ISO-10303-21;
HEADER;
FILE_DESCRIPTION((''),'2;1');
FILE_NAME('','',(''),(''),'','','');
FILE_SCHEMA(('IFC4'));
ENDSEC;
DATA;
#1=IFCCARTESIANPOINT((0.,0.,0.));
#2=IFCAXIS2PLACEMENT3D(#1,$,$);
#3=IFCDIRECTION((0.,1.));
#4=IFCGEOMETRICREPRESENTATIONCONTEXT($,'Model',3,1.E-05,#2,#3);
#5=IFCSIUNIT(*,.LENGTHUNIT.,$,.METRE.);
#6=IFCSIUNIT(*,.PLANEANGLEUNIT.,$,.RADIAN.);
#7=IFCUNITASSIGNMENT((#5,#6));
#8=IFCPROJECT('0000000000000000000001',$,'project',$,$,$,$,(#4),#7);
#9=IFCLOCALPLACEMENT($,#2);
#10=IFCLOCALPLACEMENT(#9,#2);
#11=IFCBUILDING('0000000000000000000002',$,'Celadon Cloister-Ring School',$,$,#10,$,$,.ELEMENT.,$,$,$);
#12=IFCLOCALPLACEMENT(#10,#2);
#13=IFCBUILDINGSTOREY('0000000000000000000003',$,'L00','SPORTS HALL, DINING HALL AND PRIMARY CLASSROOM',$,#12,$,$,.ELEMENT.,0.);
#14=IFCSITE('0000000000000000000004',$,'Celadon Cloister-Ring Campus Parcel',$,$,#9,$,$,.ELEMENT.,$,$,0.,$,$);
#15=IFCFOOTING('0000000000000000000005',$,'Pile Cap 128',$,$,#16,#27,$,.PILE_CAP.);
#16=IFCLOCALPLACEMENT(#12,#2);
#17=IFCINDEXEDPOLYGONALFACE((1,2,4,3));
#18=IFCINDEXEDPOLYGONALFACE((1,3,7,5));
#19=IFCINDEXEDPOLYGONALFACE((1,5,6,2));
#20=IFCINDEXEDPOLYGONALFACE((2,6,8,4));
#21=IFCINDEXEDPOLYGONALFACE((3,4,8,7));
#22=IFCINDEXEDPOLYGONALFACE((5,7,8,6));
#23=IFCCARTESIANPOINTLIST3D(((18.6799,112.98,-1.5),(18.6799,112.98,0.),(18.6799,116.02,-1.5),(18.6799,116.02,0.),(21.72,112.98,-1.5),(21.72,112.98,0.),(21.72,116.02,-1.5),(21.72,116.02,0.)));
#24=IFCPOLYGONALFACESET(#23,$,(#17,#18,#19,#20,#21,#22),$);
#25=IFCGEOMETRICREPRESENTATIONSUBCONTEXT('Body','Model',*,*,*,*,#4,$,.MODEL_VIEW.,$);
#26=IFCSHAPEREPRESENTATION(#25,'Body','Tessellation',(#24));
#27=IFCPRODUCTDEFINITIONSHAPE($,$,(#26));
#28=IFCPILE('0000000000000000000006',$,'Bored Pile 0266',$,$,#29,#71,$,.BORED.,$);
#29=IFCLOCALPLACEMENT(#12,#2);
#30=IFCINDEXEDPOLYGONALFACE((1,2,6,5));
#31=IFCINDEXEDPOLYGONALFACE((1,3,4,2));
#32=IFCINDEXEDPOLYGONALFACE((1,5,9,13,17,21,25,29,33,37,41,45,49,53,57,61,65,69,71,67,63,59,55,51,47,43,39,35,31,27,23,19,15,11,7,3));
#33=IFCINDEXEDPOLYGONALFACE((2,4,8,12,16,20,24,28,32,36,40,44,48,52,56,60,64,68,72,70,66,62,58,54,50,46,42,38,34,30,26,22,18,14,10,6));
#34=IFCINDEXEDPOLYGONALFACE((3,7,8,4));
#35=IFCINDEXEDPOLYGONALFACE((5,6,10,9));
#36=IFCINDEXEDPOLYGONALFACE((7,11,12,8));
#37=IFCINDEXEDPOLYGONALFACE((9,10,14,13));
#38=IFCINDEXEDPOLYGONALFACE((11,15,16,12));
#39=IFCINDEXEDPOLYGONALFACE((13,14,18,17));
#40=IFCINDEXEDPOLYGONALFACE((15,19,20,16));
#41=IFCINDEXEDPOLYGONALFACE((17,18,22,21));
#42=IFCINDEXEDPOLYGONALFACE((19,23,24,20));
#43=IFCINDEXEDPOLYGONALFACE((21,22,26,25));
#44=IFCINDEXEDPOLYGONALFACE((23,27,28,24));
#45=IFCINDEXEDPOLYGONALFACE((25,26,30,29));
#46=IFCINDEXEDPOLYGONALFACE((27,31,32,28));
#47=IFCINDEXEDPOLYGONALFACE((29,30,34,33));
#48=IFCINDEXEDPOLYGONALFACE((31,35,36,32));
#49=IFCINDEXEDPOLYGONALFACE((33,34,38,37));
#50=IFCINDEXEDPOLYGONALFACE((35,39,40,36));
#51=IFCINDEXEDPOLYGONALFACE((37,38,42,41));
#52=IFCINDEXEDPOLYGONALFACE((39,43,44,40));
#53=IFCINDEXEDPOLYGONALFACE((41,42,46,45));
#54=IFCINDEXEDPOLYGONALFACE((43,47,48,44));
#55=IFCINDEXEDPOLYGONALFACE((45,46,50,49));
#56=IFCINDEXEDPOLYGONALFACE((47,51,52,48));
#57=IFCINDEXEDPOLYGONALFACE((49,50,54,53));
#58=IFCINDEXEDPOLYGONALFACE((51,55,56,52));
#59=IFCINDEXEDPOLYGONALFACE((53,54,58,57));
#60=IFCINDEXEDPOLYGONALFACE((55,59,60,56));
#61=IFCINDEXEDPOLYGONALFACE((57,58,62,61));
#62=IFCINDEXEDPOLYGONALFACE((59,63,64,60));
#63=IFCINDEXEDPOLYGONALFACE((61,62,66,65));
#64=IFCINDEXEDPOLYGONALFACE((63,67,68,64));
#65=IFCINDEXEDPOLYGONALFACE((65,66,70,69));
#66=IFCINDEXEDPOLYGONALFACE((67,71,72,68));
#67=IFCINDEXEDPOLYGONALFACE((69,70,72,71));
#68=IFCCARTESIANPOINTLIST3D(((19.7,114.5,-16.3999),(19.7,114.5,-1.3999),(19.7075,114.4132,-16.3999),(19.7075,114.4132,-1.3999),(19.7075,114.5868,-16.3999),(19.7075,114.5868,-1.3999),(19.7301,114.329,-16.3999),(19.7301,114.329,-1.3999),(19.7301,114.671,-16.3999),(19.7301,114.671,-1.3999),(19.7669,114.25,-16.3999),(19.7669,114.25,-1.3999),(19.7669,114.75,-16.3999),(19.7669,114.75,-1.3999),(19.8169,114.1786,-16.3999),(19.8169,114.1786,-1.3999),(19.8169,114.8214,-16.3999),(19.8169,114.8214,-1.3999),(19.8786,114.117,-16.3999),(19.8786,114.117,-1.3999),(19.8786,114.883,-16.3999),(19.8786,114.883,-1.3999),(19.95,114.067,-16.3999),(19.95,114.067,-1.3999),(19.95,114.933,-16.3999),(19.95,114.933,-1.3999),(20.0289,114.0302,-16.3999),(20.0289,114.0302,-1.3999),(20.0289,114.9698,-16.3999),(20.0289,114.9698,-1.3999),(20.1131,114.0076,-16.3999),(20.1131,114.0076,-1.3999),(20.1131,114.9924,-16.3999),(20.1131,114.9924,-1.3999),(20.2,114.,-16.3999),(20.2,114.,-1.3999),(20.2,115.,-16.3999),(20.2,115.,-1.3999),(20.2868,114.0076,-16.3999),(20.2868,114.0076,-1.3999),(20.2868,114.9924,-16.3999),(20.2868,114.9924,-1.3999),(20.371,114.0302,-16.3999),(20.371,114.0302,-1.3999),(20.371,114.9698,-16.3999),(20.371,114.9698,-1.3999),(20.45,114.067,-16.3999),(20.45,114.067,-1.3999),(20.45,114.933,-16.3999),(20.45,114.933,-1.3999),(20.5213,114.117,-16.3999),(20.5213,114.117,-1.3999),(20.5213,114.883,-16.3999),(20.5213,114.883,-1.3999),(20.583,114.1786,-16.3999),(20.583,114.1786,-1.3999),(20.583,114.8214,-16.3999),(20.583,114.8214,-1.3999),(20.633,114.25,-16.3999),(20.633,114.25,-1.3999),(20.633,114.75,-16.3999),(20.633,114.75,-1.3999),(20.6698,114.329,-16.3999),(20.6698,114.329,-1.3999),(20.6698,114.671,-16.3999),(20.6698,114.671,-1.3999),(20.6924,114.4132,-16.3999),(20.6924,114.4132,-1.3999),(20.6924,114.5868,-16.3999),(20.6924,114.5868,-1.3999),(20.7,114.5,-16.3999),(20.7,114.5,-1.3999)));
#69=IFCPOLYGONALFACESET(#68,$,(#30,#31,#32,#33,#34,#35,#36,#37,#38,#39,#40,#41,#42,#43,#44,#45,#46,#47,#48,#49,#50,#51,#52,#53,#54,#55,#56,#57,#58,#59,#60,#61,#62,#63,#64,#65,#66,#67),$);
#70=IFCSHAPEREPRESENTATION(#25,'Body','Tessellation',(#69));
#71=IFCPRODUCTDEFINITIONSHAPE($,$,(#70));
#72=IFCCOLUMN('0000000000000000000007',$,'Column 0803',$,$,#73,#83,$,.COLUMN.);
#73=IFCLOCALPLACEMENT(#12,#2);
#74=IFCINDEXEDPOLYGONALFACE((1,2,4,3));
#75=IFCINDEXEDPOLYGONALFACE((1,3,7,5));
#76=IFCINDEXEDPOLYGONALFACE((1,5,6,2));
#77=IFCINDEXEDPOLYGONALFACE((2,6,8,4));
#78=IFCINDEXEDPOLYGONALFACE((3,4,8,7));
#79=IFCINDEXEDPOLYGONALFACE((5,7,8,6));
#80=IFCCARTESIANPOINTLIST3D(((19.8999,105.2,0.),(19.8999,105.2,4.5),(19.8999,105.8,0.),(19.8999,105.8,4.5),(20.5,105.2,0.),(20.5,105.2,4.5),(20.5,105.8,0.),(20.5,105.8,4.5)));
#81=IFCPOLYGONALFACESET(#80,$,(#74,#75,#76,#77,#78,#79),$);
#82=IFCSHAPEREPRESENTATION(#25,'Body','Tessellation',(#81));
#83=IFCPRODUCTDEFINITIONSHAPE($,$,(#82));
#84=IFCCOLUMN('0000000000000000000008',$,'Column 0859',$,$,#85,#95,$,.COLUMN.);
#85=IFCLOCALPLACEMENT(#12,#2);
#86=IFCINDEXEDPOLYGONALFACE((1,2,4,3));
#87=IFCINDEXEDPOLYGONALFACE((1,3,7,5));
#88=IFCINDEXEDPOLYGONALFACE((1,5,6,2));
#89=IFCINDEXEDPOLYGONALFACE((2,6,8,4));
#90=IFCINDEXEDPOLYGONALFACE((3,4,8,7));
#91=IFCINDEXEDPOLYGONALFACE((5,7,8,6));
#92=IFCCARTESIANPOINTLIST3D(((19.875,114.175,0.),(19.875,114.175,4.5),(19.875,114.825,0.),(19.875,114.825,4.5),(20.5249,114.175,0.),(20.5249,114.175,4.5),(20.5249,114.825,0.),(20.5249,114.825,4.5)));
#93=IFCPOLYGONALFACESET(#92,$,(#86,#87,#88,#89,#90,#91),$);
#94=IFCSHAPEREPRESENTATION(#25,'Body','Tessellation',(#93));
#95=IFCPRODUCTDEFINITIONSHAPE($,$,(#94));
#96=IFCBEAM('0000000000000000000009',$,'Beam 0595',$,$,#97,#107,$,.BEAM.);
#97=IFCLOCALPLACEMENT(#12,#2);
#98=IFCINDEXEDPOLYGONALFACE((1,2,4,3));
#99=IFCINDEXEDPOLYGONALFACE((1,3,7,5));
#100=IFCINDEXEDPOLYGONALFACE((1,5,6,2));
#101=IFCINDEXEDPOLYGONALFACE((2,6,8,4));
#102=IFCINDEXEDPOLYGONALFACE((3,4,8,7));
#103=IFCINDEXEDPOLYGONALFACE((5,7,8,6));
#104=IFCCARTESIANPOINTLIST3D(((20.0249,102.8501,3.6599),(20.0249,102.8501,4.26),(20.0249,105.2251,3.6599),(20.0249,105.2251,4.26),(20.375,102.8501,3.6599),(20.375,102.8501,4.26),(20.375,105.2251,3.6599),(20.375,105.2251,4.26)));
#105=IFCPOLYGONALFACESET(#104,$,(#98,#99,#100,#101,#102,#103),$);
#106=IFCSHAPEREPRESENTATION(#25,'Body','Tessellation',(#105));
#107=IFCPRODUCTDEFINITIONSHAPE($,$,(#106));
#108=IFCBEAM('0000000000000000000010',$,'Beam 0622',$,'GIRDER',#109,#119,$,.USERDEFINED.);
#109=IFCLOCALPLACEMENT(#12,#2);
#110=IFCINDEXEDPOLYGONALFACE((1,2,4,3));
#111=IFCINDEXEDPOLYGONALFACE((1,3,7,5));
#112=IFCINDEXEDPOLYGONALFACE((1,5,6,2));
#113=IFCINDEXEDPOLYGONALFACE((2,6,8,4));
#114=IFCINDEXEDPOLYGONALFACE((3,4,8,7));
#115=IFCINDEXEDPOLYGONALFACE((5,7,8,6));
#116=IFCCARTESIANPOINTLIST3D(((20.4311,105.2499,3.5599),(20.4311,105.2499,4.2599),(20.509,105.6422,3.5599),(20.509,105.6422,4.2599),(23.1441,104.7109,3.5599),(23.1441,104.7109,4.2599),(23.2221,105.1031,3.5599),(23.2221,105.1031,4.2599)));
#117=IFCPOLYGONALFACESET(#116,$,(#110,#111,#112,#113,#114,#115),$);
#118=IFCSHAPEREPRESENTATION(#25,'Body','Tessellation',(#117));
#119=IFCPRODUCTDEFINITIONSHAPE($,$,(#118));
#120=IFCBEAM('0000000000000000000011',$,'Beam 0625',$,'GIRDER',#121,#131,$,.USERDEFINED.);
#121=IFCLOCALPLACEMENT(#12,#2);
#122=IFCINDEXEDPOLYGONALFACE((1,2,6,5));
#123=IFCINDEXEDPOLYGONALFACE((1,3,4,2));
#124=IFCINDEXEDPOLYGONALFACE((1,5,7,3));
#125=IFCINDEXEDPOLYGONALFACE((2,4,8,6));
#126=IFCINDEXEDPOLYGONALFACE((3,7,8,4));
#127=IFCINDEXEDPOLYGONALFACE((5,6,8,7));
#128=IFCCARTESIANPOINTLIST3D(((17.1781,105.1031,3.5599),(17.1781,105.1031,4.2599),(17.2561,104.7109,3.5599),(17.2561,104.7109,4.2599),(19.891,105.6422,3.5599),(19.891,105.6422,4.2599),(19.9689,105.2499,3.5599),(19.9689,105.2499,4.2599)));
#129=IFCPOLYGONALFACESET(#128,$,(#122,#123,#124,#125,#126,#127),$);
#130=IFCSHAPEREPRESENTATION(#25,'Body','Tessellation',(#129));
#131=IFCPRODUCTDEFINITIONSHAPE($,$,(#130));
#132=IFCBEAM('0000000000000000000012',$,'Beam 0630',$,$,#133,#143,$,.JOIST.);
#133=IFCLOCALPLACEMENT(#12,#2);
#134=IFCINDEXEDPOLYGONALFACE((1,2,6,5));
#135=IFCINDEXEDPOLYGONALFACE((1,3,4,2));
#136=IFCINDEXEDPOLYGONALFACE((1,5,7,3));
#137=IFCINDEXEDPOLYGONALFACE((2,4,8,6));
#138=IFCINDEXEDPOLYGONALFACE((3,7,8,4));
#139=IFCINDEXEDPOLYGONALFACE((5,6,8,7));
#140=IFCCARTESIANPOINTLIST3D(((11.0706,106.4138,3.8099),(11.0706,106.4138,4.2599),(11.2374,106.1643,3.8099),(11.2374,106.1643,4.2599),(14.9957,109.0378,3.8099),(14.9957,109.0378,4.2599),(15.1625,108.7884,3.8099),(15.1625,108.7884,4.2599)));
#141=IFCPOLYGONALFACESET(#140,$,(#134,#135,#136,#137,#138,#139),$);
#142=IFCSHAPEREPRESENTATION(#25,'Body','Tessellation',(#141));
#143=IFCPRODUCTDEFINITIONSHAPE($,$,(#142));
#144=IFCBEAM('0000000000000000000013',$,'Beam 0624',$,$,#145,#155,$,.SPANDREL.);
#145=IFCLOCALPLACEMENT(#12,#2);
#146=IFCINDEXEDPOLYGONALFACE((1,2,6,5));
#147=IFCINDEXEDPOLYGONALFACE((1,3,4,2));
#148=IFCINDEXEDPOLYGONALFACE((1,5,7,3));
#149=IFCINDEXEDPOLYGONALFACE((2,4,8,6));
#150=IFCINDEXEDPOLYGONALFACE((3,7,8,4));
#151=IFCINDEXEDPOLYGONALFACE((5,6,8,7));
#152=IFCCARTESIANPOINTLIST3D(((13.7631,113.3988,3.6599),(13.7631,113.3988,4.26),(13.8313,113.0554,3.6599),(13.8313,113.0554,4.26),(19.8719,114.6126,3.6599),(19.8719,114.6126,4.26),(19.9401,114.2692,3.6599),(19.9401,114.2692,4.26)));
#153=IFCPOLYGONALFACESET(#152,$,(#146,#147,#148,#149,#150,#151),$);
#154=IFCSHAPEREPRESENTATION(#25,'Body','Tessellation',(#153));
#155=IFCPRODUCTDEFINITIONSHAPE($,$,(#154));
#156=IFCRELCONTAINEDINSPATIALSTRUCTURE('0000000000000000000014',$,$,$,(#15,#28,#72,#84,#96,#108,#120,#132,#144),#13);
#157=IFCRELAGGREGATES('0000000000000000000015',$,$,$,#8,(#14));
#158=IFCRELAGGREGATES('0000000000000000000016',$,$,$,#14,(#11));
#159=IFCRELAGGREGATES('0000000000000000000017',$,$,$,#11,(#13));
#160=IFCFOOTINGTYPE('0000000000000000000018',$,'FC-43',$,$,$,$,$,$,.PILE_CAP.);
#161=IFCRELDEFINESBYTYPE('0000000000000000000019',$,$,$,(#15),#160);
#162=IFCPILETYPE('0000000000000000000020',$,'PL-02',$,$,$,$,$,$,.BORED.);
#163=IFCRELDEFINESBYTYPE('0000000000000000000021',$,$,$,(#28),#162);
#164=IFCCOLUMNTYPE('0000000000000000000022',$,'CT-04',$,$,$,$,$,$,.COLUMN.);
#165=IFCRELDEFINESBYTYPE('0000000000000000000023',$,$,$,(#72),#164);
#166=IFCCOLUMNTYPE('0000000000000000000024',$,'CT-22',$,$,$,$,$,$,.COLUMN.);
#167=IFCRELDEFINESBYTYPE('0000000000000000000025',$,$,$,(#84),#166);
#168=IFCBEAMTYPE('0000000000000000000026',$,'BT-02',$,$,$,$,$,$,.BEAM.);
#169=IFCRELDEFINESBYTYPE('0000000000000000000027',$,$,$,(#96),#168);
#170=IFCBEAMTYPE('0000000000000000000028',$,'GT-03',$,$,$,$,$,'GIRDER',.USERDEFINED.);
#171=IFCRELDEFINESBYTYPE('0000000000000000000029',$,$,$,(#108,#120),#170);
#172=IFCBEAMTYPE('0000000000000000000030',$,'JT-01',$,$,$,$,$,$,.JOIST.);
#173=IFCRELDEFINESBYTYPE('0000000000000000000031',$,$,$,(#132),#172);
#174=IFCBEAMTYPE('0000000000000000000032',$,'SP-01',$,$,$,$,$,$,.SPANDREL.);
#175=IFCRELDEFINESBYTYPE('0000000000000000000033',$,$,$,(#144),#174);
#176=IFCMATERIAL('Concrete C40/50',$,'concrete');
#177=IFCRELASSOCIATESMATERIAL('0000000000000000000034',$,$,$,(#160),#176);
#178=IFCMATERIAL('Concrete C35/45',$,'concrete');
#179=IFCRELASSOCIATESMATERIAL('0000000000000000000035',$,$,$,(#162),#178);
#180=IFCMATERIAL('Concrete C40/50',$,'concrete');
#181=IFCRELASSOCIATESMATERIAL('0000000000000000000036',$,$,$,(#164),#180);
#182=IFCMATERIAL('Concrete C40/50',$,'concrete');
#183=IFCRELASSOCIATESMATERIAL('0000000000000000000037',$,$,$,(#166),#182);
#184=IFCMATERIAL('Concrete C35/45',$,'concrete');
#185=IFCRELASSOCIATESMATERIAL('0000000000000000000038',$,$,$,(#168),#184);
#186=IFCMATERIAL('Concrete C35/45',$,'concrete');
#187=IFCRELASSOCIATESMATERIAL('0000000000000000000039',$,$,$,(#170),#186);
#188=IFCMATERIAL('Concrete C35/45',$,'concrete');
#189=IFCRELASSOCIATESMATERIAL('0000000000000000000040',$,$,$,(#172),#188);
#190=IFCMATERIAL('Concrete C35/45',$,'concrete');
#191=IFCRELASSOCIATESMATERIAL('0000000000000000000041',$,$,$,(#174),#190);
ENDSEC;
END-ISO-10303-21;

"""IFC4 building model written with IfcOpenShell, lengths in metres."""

from ifc_helpers import new_model, si_unit, direction, frame, origin, origin_2d, place, context, subcontext, project, spatial, rectangle, circle, extrude, material, material_profile, profile_set, type_object, element, save


model = new_model("IFC4")

# Units and contexts
model_context = context("Model", 3, precision=1e-05, world=origin(), true_north=direction((0.0, 1.0)))
body_context = subcontext(model_context, "Body", "Model", "MODEL_VIEW")
ifc_project = project(units=[si_unit("LENGTHUNIT", "METRE"), si_unit("PLANEANGLEUNIT", "RADIAN")], contexts=[model_context])

# Site, building, storey
site_placement = place(None, origin())
site = spatial("IfcSite", under=ifc_project, at=site_placement, Name="Celadon Cloister-Ring Campus Parcel", CompositionType="ELEMENT", RefElevation=0.0)
building_placement = place(site_placement, origin())
building = spatial("IfcBuilding", under=site, at=building_placement, Name="Celadon Cloister-Ring School", CompositionType="ELEMENT")
storey_placement = place(building_placement, origin())
storey = spatial("IfcBuildingStorey", under=building, at=storey_placement, Name="L00", Description="SPORTS HALL, DINING HALL AND PRIMARY CLASSROOM", CompositionType="ELEMENT", Elevation=0.0)

# Footing
ifc_material_1 = material(Name="Concrete C40/50", Category="concrete")
footing_type = type_object("IfcFootingType", Name="FC-43", PredefinedType="PILE_CAP", material=ifc_material_1)
footing_placement = place(storey_placement, frame((20.2, 114.5, -1.5), z_axis=(0.0, 0.0, 1.0), x_axis=(1.0, 0.0, 0.0)))
element("IfcFooting", 1, at=footing_placement, inside=storey, type_object=footing_type, Name="Pile Cap 128", PredefinedType="PILE_CAP", context=body_context, shape_type="SweptSolid", body=[
    extrude(rectangle(XDim=3.04, YDim=3.04, at=origin_2d()), origin(), (0.0, 0.0, 1.0), 1.5),
])

# Pile
ifc_material_2 = material(Name="Concrete C35/45", Category="concrete")
ifc_material_profile_1 = material_profile(ifc_material_2, circle(Radius=0.5, at=origin_2d()), Name="PILE1000")
ifc_profile_set_1 = profile_set([ifc_material_profile_1], Name="Concrete C35/45")
pile_type = type_object("IfcPileType", Name="PL-02", PredefinedType="BORED", material=ifc_profile_set_1)
pile_placement = place(storey_placement, frame((20.2, 114.5, -1.3999), z_axis=(0.0, 0.0, -1.0), x_axis=(1.0, 0.0, 0.0)))
element("IfcPile", 2, at=pile_placement, inside=storey, type_object=pile_type, Name="Bored Pile 0266", PredefinedType="BORED", context=body_context, shape_type="SweptSolid", body=[
    extrude(circle(Radius=0.5, at=origin_2d()), origin(), (0.0, 0.0, 1.0), 15.0),
])

# Columns
ifc_material_3 = material(Name="Concrete C40/50", Category="concrete")
ifc_material_profile_2 = material_profile(ifc_material_3, rectangle(XDim=0.6001, YDim=0.6001, at=origin_2d()), Name="RC600X600")
ifc_profile_set_2 = profile_set([ifc_material_profile_2], Name="Concrete C40/50")
column_type_1 = type_object("IfcColumnType", Name="CT-04", PredefinedType="COLUMN", material=ifc_profile_set_2)
column_1_placement = place(storey_placement, frame((20.2, 105.5, 0.0), z_axis=(0.0, 0.0, 1.0), x_axis=(0.0, 1.0, 0.0)))
element("IfcColumn", 3, at=column_1_placement, inside=storey, type_object=column_type_1, Name="Column 0803", PredefinedType="COLUMN", context=body_context, shape_type="SweptSolid", body=[
    extrude(rectangle(XDim=0.6001, YDim=0.6001, at=origin_2d()), origin(), (0.0, 0.0, 1.0), 4.5),
])
ifc_material_4 = material(Name="Concrete C40/50", Category="concrete")
ifc_material_profile_3 = material_profile(ifc_material_4, rectangle(XDim=0.6499, YDim=0.6499, at=origin_2d()), Name="RC650X650")
ifc_profile_set_3 = profile_set([ifc_material_profile_3], Name="Concrete C40/50")
column_type_2 = type_object("IfcColumnType", Name="CT-22", PredefinedType="COLUMN", material=ifc_profile_set_3)
column_2_placement = place(storey_placement, frame((20.2, 114.5, 0.0), z_axis=(0.0, 0.0, 1.0), x_axis=(0.0, 1.0, 0.0)))
element("IfcColumn", 4, at=column_2_placement, inside=storey, type_object=column_type_2, Name="Column 0859", PredefinedType="COLUMN", context=body_context, shape_type="SweptSolid", body=[
    extrude(rectangle(XDim=0.6499, YDim=0.6499, at=origin_2d()), origin(), (0.0, 0.0, 1.0), 4.5),
])

# Beams
ifc_material_5 = material(Name="Concrete C35/45", Category="concrete")
ifc_material_profile_4 = material_profile(ifc_material_5, rectangle(XDim=0.3501, YDim=0.6001, at=origin_2d()), Name="RC350X600")
ifc_profile_set_4 = profile_set([ifc_material_profile_4], Name="Concrete C35/45")
beam_type_1 = type_object("IfcBeamType", Name="BT-02", PredefinedType="BEAM", material=ifc_profile_set_4)
beam_1_placement = place(storey_placement, frame((20.2, 105.2251, 3.96), z_axis=(0.0, -1.0, 0.0), x_axis=(1.0, 0.0, 0.0)))
element("IfcBeam", 5, at=beam_1_placement, inside=storey, type_object=beam_type_1, Name="Beam 0595", PredefinedType="BEAM", context=body_context, shape_type="SweptSolid", body=[
    extrude(rectangle(XDim=0.3501, YDim=0.6001, at=origin_2d()), origin(), (0.0, 0.0, 1.0), 2.375),
])
ifc_material_6 = material(Name="Concrete C35/45", Category="concrete")
ifc_material_profile_5 = material_profile(ifc_material_6, rectangle(XDim=0.3999, YDim=0.7, at=origin_2d()), Name="RC400X700")
ifc_profile_set_5 = profile_set([ifc_material_profile_5], Name="Concrete C35/45")
beam_type_2 = type_object("IfcBeamType", Name="GT-03", ElementType="GIRDER", PredefinedType="USERDEFINED", material=ifc_profile_set_5)
beam_2_placement = place(storey_placement, frame((23.1831, 104.907, 3.9099), z_axis=(-0.980828, 0.194877, 0.0), x_axis=(-0.194877, -0.980828, 0.0)))
element("IfcBeam", 6, at=beam_2_placement, inside=storey, type_object=beam_type_2, Name="Beam 0622", ObjectType="GIRDER", PredefinedType="USERDEFINED", context=body_context, shape_type="SweptSolid", body=[
    extrude(rectangle(XDim=0.3999, YDim=0.7, at=origin_2d()), origin(), (0.0, 0.0, 1.0), 2.7661),
])
beam_3_placement = place(storey_placement, frame((19.9299, 105.446, 3.9099), z_axis=(-0.980824, -0.194894, 0.0), x_axis=(0.194894, -0.980824, 0.0)))
element("IfcBeam", 7, at=beam_3_placement, inside=storey, type_object=beam_type_2, Name="Beam 0625", ObjectType="GIRDER", PredefinedType="USERDEFINED", context=body_context, shape_type="SweptSolid", body=[
    extrude(rectangle(XDim=0.3999, YDim=0.7, at=origin_2d()), origin(), (0.0, 0.0, 1.0), 2.7659),
])
ifc_material_7 = material(Name="Concrete C35/45", Category="concrete")
ifc_material_profile_6 = material_profile(ifc_material_7, rectangle(XDim=0.3, YDim=0.45, at=origin_2d()), Name="RC300X450")
ifc_profile_set_6 = profile_set([ifc_material_profile_6], Name="Concrete C35/45")
beam_type_3 = type_object("IfcBeamType", Name="JT-01", PredefinedType="JOIST", material=ifc_profile_set_6)
beam_4_placement = place(storey_placement, frame((15.0791, 108.9131, 4.0349), z_axis=(-0.831334, -0.555774, 0.0), x_axis=(0.555774, -0.831334, 0.0)))
element("IfcBeam", 8, at=beam_4_placement, inside=storey, type_object=beam_type_3, Name="Beam 0630", PredefinedType="JOIST", context=body_context, shape_type="SweptSolid", body=[
    extrude(rectangle(XDim=0.3, YDim=0.45, at=origin_2d()), origin(), (0.0, 0.0, 1.0), 4.7214),
])
ifc_material_8 = material(Name="Concrete C35/45", Category="concrete")
ifc_material_profile_7 = material_profile(ifc_material_8, rectangle(XDim=0.3501, YDim=0.6001, at=origin_2d()), Name="RC350X600")
ifc_profile_set_7 = profile_set([ifc_material_profile_7], Name="Concrete C35/45")
beam_type_4 = type_object("IfcBeamType", Name="SP-01", PredefinedType="SPANDREL", material=ifc_profile_set_7)
beam_5_placement = place(storey_placement, frame((19.906, 114.4409, 3.96), z_axis=(-0.980824, -0.194895, 0.0), x_axis=(0.194895, -0.980824, 0.0)))
element("IfcBeam", 9, at=beam_5_placement, inside=storey, type_object=beam_type_4, Name="Beam 0624", PredefinedType="SPANDREL", context=body_context, shape_type="SweptSolid", body=[
    extrude(rectangle(XDim=0.3501, YDim=0.6001, at=origin_2d()), origin(), (0.0, 0.0, 1.0), 6.2283),
])

save(model, "model.ifc")
